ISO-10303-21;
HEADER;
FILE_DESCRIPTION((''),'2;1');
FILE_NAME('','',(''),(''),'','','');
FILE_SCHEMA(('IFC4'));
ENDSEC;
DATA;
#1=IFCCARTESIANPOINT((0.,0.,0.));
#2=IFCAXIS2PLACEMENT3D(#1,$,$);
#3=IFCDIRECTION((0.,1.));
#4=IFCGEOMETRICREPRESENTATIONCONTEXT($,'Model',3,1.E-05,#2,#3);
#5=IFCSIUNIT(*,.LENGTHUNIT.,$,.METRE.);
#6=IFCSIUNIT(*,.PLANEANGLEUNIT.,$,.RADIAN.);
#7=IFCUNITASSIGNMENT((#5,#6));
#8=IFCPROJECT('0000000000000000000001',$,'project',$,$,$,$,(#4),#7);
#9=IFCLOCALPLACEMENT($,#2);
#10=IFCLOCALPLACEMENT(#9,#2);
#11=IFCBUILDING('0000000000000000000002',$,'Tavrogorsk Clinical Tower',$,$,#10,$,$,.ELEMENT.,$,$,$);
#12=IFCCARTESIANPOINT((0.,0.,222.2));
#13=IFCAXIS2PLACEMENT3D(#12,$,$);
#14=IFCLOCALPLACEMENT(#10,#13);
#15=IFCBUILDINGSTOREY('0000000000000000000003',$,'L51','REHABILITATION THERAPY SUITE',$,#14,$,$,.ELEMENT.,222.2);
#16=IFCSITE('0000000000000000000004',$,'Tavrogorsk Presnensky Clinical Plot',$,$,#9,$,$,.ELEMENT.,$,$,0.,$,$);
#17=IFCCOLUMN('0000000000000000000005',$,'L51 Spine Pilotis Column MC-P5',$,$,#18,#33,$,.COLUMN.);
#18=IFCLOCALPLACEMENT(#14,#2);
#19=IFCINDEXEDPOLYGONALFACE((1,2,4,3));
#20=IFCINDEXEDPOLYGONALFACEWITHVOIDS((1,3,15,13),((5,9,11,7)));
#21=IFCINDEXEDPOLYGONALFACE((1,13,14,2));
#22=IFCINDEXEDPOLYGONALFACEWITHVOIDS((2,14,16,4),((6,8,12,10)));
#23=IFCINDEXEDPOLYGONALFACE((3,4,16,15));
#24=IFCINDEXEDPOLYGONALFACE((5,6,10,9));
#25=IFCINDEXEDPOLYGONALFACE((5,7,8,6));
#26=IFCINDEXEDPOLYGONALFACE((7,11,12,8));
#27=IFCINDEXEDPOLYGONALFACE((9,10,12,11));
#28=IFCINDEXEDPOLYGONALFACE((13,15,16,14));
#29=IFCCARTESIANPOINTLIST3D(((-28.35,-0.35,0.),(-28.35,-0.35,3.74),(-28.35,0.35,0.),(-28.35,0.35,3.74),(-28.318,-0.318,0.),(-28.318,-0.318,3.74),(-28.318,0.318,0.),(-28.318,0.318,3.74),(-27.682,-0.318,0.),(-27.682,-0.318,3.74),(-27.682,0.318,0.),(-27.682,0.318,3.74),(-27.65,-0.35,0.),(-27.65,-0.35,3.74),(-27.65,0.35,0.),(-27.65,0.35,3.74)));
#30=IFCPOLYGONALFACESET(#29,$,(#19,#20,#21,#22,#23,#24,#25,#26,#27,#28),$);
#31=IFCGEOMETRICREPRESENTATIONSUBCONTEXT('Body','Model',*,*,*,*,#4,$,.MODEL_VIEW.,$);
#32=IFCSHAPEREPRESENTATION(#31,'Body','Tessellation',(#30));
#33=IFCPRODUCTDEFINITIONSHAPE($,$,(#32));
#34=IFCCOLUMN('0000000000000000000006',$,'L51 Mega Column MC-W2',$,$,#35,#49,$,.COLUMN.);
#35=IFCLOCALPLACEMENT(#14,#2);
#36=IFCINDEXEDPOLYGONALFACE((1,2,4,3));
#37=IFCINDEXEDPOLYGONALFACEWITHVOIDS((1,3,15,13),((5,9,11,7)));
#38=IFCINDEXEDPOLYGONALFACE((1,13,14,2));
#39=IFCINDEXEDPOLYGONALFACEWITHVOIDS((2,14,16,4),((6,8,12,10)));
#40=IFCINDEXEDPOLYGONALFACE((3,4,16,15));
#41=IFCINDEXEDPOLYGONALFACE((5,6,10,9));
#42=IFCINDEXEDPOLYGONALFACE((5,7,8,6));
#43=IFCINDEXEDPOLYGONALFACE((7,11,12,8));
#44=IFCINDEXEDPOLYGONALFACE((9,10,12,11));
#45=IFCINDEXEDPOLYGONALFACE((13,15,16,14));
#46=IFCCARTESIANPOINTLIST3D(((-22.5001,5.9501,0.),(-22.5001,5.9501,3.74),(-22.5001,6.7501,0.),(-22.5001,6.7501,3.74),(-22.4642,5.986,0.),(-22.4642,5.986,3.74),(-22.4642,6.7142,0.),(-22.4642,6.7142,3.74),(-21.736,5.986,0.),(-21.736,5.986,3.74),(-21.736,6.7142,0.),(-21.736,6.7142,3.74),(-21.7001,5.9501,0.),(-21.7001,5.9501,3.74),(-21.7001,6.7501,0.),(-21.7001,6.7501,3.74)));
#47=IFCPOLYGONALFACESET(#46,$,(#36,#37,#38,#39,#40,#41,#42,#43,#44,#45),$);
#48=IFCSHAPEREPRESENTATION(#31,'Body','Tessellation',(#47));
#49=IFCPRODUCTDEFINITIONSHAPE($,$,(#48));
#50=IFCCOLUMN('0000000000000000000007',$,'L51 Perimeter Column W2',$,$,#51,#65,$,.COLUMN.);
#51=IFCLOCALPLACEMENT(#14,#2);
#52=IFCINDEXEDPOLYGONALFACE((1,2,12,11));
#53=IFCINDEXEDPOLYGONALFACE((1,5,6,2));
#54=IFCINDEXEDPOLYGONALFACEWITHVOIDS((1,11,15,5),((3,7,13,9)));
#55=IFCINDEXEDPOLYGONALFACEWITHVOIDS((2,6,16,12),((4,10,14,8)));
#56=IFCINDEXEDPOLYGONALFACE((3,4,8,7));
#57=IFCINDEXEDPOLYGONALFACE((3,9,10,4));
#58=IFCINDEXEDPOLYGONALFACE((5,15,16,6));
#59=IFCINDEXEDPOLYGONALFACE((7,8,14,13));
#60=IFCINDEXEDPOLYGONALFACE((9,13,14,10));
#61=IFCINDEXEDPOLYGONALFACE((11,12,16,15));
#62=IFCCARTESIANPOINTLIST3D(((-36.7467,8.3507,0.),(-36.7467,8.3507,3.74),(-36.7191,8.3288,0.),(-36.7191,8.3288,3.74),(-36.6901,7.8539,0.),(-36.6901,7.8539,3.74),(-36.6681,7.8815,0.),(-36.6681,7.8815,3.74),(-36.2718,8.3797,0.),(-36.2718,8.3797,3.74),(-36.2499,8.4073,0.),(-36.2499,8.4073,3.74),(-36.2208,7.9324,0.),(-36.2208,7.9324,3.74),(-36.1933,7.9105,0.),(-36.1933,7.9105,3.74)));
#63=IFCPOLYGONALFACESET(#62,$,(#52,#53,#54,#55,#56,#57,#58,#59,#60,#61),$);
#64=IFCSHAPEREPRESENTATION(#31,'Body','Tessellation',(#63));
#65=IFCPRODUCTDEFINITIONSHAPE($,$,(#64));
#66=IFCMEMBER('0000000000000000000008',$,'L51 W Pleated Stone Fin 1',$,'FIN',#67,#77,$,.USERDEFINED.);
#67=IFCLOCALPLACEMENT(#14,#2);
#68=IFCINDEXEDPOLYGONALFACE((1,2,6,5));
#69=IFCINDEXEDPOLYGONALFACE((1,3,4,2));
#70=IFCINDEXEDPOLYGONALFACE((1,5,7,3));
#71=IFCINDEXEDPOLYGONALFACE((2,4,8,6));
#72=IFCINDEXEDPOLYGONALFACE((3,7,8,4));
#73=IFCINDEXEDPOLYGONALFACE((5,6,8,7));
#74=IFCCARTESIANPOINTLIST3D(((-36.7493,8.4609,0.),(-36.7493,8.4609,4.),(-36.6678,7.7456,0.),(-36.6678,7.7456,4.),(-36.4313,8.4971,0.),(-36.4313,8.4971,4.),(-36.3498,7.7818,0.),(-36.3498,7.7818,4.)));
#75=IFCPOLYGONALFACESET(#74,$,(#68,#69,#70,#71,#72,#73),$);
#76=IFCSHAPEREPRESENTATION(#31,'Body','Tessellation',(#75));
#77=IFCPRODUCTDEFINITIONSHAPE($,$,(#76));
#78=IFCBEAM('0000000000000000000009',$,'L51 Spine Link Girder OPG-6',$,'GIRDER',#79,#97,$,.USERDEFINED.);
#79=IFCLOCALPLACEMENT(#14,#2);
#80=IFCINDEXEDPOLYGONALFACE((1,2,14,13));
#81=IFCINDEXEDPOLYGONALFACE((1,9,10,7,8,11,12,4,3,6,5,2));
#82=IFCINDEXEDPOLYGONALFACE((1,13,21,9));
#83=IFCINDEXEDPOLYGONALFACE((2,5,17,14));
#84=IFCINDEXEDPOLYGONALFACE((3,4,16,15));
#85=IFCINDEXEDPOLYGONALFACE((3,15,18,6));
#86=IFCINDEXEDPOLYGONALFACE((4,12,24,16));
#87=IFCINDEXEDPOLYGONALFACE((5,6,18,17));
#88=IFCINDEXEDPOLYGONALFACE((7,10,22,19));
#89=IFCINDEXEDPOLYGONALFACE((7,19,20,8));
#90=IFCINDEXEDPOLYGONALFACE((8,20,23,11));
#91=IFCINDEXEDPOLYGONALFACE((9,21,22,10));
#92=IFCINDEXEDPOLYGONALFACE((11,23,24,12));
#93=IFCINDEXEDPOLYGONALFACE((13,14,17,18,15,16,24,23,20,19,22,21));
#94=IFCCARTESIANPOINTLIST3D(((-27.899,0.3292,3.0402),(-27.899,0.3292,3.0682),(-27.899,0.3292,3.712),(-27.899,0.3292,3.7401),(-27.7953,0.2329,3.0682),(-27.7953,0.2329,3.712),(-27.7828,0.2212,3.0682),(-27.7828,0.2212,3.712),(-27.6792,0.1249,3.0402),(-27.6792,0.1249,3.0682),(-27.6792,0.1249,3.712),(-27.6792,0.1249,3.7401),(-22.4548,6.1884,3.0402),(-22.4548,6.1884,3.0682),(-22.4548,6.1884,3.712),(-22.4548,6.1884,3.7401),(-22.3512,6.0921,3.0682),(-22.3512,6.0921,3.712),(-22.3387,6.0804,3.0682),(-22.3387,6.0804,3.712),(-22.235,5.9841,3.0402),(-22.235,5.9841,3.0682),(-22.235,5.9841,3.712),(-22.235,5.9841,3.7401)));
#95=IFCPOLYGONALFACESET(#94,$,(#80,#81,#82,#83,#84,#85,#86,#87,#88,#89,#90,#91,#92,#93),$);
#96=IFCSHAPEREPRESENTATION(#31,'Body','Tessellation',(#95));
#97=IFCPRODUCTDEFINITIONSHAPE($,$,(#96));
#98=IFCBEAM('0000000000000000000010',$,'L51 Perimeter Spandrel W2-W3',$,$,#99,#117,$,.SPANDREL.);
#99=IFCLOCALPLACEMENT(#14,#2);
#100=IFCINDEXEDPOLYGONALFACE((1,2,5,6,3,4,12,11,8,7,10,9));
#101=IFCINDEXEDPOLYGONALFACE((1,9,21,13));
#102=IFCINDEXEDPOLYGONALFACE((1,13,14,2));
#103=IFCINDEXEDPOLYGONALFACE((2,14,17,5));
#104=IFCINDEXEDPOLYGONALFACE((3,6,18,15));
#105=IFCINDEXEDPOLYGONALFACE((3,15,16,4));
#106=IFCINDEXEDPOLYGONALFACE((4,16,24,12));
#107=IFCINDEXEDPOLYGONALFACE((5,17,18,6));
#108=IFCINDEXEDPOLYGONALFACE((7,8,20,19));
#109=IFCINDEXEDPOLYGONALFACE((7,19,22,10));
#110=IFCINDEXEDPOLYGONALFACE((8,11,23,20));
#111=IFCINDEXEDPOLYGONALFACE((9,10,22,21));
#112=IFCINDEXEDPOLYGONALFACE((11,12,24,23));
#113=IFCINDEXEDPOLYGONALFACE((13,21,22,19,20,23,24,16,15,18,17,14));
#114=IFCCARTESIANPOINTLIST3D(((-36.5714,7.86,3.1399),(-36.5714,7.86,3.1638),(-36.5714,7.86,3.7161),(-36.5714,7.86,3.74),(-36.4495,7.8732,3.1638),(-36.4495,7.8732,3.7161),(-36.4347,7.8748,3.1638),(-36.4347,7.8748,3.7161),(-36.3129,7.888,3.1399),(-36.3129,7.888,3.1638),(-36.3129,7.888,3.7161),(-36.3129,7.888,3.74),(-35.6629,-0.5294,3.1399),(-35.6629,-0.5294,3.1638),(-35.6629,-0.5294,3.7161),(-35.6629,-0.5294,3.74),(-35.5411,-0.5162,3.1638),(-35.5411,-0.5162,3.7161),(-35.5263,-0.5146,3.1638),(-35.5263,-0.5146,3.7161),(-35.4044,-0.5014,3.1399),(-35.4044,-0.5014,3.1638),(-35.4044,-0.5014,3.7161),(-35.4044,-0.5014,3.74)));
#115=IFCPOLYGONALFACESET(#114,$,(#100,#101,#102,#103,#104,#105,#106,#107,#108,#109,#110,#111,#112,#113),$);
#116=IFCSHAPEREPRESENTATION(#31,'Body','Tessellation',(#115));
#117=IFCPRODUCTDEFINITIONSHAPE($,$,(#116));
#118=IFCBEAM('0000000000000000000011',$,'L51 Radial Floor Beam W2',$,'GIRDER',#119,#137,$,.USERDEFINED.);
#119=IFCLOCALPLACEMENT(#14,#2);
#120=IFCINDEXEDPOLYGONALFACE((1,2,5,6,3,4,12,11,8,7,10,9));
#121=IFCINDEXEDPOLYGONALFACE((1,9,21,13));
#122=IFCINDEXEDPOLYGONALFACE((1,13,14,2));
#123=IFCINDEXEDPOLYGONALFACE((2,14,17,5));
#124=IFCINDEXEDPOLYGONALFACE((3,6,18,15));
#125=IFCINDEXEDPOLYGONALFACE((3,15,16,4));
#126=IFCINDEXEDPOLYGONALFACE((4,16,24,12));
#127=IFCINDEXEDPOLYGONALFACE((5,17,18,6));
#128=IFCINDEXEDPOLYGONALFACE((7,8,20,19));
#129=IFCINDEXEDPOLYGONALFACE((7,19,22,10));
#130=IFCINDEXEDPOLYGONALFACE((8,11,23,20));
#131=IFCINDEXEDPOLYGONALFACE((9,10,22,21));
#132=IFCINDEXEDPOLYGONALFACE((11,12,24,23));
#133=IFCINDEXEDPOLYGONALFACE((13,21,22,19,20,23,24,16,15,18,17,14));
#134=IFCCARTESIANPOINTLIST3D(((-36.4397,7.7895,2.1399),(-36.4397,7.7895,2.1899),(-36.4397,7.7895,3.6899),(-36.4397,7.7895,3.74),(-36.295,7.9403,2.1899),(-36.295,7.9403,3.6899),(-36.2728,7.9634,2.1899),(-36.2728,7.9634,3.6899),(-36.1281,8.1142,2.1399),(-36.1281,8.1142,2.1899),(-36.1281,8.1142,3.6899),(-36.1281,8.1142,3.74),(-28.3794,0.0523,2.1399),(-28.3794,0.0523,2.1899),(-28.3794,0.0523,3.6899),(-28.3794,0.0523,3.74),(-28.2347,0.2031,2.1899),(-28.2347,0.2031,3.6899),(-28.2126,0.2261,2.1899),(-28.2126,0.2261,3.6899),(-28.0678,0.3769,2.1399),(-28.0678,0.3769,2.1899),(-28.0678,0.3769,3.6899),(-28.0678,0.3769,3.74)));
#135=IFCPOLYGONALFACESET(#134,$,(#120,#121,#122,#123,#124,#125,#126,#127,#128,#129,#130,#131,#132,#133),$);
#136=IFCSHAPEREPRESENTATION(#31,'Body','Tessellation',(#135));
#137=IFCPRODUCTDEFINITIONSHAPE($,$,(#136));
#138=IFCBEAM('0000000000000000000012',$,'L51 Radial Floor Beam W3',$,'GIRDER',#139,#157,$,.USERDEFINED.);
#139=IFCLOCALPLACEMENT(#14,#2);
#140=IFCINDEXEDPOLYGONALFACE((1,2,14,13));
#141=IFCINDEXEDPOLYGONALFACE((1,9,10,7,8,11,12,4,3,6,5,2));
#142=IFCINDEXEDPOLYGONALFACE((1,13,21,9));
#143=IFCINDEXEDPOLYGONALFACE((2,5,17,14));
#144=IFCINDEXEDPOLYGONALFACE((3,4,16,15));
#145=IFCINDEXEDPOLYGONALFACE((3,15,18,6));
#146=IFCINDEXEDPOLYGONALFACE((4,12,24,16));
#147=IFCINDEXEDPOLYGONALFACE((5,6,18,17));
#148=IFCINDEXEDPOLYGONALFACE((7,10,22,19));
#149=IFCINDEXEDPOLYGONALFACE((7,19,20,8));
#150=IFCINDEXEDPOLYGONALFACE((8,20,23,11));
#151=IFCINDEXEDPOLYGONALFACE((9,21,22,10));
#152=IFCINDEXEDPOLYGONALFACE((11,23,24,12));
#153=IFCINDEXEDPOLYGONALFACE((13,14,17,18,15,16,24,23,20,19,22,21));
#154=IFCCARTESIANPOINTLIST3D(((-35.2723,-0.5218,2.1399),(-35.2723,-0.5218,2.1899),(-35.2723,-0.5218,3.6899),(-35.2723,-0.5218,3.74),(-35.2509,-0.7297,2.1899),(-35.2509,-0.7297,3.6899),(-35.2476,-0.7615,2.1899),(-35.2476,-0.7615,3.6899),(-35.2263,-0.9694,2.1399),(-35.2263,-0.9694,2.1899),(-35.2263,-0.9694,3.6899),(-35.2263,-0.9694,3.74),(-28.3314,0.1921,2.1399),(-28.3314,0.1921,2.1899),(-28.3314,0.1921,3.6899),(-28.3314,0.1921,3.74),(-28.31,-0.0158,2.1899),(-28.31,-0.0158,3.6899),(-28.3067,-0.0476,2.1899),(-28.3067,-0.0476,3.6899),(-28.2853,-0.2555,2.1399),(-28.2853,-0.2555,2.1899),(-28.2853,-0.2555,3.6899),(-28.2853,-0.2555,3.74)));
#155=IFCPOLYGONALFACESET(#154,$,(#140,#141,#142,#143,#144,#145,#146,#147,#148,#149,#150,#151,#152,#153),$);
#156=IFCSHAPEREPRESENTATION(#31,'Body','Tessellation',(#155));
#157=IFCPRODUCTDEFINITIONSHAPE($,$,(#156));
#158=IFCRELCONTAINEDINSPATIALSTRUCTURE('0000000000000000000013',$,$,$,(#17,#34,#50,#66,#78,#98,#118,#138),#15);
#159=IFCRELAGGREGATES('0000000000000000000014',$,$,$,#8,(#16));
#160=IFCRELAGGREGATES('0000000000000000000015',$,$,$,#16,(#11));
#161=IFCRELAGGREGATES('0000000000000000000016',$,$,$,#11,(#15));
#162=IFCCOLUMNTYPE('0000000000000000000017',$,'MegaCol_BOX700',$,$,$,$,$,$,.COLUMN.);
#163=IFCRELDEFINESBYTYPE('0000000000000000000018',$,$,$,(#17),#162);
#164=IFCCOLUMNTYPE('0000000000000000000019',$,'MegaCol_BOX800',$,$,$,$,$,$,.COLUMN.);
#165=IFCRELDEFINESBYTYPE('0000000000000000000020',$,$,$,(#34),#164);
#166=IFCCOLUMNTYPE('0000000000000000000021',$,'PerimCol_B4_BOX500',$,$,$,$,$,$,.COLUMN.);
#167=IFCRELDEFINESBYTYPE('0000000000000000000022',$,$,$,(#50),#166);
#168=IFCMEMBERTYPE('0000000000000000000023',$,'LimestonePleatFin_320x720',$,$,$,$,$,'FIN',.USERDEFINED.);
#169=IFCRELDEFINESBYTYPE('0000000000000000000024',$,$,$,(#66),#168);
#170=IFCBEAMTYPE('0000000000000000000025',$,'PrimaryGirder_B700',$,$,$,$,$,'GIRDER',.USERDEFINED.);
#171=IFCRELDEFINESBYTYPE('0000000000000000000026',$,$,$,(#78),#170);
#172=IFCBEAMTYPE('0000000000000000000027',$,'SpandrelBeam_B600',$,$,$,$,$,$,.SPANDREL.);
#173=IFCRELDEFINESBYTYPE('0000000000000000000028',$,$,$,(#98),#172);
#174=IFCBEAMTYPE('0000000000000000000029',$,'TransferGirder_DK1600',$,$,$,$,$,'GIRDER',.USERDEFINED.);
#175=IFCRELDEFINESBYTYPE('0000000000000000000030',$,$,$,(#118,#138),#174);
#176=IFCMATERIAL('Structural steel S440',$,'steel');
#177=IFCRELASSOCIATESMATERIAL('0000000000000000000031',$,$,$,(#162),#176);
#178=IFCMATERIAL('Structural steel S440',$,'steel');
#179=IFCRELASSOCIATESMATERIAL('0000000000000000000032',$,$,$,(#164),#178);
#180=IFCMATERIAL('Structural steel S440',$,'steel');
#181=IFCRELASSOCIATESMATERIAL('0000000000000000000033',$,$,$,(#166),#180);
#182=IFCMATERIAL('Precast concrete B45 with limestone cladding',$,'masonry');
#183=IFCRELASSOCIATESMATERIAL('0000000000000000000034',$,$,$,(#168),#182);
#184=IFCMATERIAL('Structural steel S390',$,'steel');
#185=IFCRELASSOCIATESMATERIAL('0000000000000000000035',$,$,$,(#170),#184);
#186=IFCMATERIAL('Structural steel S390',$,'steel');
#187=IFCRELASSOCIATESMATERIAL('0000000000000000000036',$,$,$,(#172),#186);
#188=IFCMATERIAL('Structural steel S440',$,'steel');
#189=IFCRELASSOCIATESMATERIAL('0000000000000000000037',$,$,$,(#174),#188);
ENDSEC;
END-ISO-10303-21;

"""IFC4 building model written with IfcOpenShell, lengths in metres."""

from ifc_helpers import new_model, si_unit, direction, frame, origin, origin_2d, place, context, subcontext, project, spatial, rectangle, hollow_rectangle, i_section, extrude, material, material_profile, profile_set, type_object, element, save


model = new_model("IFC4")

# Units and contexts
model_context = context("Model", 3, precision=1e-05, world=origin(), true_north=direction((0.0, 1.0)))
body_context = subcontext(model_context, "Body", "Model", "MODEL_VIEW")
ifc_project = project(units=[si_unit("LENGTHUNIT", "METRE"), si_unit("PLANEANGLEUNIT", "RADIAN")], contexts=[model_context])

# Site, building, storey
site_placement = place(None, origin())
site = spatial("IfcSite", under=ifc_project, at=site_placement, Name="Tavrogorsk Presnensky Clinical Plot", CompositionType="ELEMENT", RefElevation=0.0)
building_placement = place(site_placement, origin())
building = spatial("IfcBuilding", under=site, at=building_placement, Name="Tavrogorsk Clinical Tower", CompositionType="ELEMENT")
storey_placement = place(building_placement, frame((0.0, 0.0, 222.2)))
storey = spatial("IfcBuildingStorey", under=building, at=storey_placement, Name="L51", Description="REHABILITATION THERAPY SUITE", CompositionType="ELEMENT", Elevation=222.2)

# Columns
ifc_material_1 = material(Name="Structural steel S440", Category="steel")
ifc_material_profile_1 = material_profile(ifc_material_1, hollow_rectangle(XDim=0.7, YDim=0.7, WallThickness=0.032, at=origin_2d()), Name="BOX-700x700x32")
ifc_profile_set_1 = profile_set([ifc_material_profile_1], Name="Structural steel S440")
column_type_1 = type_object("IfcColumnType", Name="MegaCol_BOX700", PredefinedType="COLUMN", material=ifc_profile_set_1)
column_1_placement = place(storey_placement, frame((-28.0, 0.0, 0.0), z_axis=(0.0, 0.0, 1.0), x_axis=(1.0, 0.0, 0.0)))
element("IfcColumn", 1, at=column_1_placement, inside=storey, type_object=column_type_1, Name="L51 Spine Pilotis Column MC-P5", PredefinedType="COLUMN", context=body_context, shape_type="SweptSolid", body=[
    extrude(hollow_rectangle(XDim=0.7, YDim=0.7, WallThickness=0.032, at=origin_2d()), origin(), (0.0, 0.0, 1.0), 3.74),
])
ifc_material_2 = material(Name="Structural steel S440", Category="steel")
ifc_material_profile_2 = material_profile(ifc_material_2, hollow_rectangle(XDim=0.8, YDim=0.8, WallThickness=0.0359, at=origin_2d()), Name="BOX-800x800x36")
ifc_profile_set_2 = profile_set([ifc_material_profile_2], Name="Structural steel S440")
column_type_2 = type_object("IfcColumnType", Name="MegaCol_BOX800", PredefinedType="COLUMN", material=ifc_profile_set_2)
column_2_placement = place(storey_placement, frame((-22.1001, 6.3501, 0.0), z_axis=(0.0, 0.0, 1.0), x_axis=(1.0, 0.0, 0.0)))
element("IfcColumn", 2, at=column_2_placement, inside=storey, type_object=column_type_2, Name="L51 Mega Column MC-W2", PredefinedType="COLUMN", context=body_context, shape_type="SweptSolid", body=[
    extrude(hollow_rectangle(XDim=0.8, YDim=0.8, WallThickness=0.0359, at=origin_2d()), origin(), (0.0, 0.0, 1.0), 3.74),
])
ifc_material_3 = material(Name="Structural steel S440", Category="steel")
ifc_material_profile_3 = material_profile(ifc_material_3, hollow_rectangle(XDim=0.5, YDim=0.5, WallThickness=0.0249, at=origin_2d()), Name="BOX-500x500x25")
ifc_profile_set_3 = profile_set([ifc_material_profile_3], Name="Structural steel S440")
column_type_3 = type_object("IfcColumnType", Name="PerimCol_B4_BOX500", PredefinedType="COLUMN", material=ifc_profile_set_3)
column_3_placement = place(storey_placement, frame((-36.47, 8.1306, 0.0), z_axis=(0.0, 0.0, 1.0), x_axis=(0.993572, 0.113203, 0.0)))
element("IfcColumn", 3, at=column_3_placement, inside=storey, type_object=column_type_3, Name="L51 Perimeter Column W2", PredefinedType="COLUMN", context=body_context, shape_type="SweptSolid", body=[
    extrude(hollow_rectangle(XDim=0.5, YDim=0.5, WallThickness=0.0249, at=origin_2d()), origin(), (0.0, 0.0, 1.0), 3.74),
])

# Member
ifc_material_4 = material(Name="Precast concrete B45 with limestone cladding", Category="masonry")
ifc_material_profile_4 = material_profile(ifc_material_4, rectangle(XDim=0.3201, YDim=0.72, at=origin_2d()), Name="LIMESTONE-FIN-320x720")
ifc_profile_set_4 = profile_set([ifc_material_profile_4], Name="Precast concrete B45 with limestone cladding")
member_type = type_object("IfcMemberType", Name="LimestonePleatFin_320x720", ElementType="FIN", PredefinedType="USERDEFINED", material=ifc_profile_set_4)
member_placement = place(storey_placement, frame((-36.5496, 8.1213, 0.0), z_axis=(0.0, 0.0, 1.0), x_axis=(0.993572, 0.113203, 0.0)))
element("IfcMember", 4, at=member_placement, inside=storey, type_object=member_type, Name="L51 W Pleated Stone Fin 1", ObjectType="FIN", PredefinedType="USERDEFINED", context=body_context, shape_type="SweptSolid", body=[
    extrude(rectangle(XDim=0.3201, YDim=0.72, at=origin_2d()), origin(), (0.0, 0.0, 1.0), 4.0),
])

# Beams
ifc_material_5 = material(Name="Structural steel S390", Category="steel")
ifc_material_profile_5 = material_profile(ifc_material_5, i_section(OverallWidth=0.3, OverallDepth=0.7, WebThickness=0.0171, FlangeThickness=0.0281, at=origin_2d()), Name="B-700x300x17x28")
ifc_profile_set_5 = profile_set([ifc_material_profile_5], Name="Structural steel S390")
beam_type_1 = type_object("IfcBeamType", Name="PrimaryGirder_B700", ElementType="GIRDER", PredefinedType="USERDEFINED", material=ifc_profile_set_5)
beam_1_placement = place(storey_placement, frame((-27.7891, 0.2271, 3.3901), z_axis=(0.680684, 0.732577, 0.0), x_axis=(-0.732577, 0.680684, 0.0)))
element("IfcBeam", 5, at=beam_1_placement, inside=storey, type_object=beam_type_1, Name="L51 Spine Link Girder OPG-6", ObjectType="GIRDER", PredefinedType="USERDEFINED", context=body_context, shape_type="SweptSolid", body=[
    extrude(i_section(OverallWidth=0.3, OverallDepth=0.7, WebThickness=0.0171, FlangeThickness=0.0281, at=origin_2d()), origin(), (0.0, 0.0, 1.0), 7.998),
])
ifc_material_6 = material(Name="Structural steel S390", Category="steel")
ifc_material_profile_6 = material_profile(ifc_material_6, i_section(OverallWidth=0.26, OverallDepth=0.6001, WebThickness=0.0149, FlangeThickness=0.0239, at=origin_2d()), Name="B-600x260x15x24")
ifc_profile_set_6 = profile_set([ifc_material_profile_6], Name="Structural steel S390")
beam_type_2 = type_object("IfcBeamType", Name="SpandrelBeam_B600", PredefinedType="SPANDREL", material=ifc_profile_set_6)
beam_2_placement = place(storey_placement, frame((-36.4421, 7.874, 3.4399), z_axis=(0.107656, -0.994188, 0.0), x_axis=(0.994188, 0.107656, 0.0)))
element("IfcBeam", 6, at=beam_2_placement, inside=storey, type_object=beam_type_2, Name="L51 Perimeter Spandrel W2-W3", PredefinedType="SPANDREL", context=body_context, shape_type="SweptSolid", body=[
    extrude(i_section(OverallWidth=0.26, OverallDepth=0.6001, WebThickness=0.0149, FlangeThickness=0.0239, at=origin_2d()), origin(), (0.0, 0.0, 1.0), 8.4385),
])
ifc_material_7 = material(Name="Structural steel S440", Category="steel")
ifc_material_profile_7 = material_profile(ifc_material_7, i_section(OverallWidth=0.45, OverallDepth=1.6001, WebThickness=0.032, FlangeThickness=0.05, at=origin_2d()), Name="DK-1600x450x32x50")
ifc_profile_set_7 = profile_set([ifc_material_profile_7], Name="Structural steel S440")
beam_type_3 = type_object("IfcBeamType", Name="TransferGirder_DK1600", ElementType="GIRDER", PredefinedType="USERDEFINED", material=ifc_profile_set_7)
beam_3_placement = place(storey_placement, frame((-28.2236, 0.2146, 2.9399), z_axis=(-0.721414, 0.692505, 0.0), x_axis=(-0.692505, -0.721414, 0.0)))
element("IfcBeam", 7, at=beam_3_placement, inside=storey, type_object=beam_type_3, Name="L51 Radial Floor Beam W2", ObjectType="GIRDER", PredefinedType="USERDEFINED", context=body_context, shape_type="SweptSolid", body=[
    extrude(i_section(OverallWidth=0.45, OverallDepth=1.6001, WebThickness=0.032, FlangeThickness=0.05, at=origin_2d()), origin(), (0.0, 0.0, 1.0), 11.1729),
])
beam_4_placement = place(storey_placement, frame((-28.3083, -0.0317, 2.9399), z_axis=(-0.994753, -0.102309, 0.0), x_axis=(0.102309, -0.994753, 0.0)))
element("IfcBeam", 8, at=beam_4_placement, inside=storey, type_object=beam_type_3, Name="L51 Radial Floor Beam W3", ObjectType="GIRDER", PredefinedType="USERDEFINED", context=body_context, shape_type="SweptSolid", body=[
    extrude(i_section(OverallWidth=0.45, OverallDepth=1.6001, WebThickness=0.032, FlangeThickness=0.05, at=origin_2d()), origin(), (0.0, 0.0, 1.0), 6.9775),
])

save(model, "model.ifc")
